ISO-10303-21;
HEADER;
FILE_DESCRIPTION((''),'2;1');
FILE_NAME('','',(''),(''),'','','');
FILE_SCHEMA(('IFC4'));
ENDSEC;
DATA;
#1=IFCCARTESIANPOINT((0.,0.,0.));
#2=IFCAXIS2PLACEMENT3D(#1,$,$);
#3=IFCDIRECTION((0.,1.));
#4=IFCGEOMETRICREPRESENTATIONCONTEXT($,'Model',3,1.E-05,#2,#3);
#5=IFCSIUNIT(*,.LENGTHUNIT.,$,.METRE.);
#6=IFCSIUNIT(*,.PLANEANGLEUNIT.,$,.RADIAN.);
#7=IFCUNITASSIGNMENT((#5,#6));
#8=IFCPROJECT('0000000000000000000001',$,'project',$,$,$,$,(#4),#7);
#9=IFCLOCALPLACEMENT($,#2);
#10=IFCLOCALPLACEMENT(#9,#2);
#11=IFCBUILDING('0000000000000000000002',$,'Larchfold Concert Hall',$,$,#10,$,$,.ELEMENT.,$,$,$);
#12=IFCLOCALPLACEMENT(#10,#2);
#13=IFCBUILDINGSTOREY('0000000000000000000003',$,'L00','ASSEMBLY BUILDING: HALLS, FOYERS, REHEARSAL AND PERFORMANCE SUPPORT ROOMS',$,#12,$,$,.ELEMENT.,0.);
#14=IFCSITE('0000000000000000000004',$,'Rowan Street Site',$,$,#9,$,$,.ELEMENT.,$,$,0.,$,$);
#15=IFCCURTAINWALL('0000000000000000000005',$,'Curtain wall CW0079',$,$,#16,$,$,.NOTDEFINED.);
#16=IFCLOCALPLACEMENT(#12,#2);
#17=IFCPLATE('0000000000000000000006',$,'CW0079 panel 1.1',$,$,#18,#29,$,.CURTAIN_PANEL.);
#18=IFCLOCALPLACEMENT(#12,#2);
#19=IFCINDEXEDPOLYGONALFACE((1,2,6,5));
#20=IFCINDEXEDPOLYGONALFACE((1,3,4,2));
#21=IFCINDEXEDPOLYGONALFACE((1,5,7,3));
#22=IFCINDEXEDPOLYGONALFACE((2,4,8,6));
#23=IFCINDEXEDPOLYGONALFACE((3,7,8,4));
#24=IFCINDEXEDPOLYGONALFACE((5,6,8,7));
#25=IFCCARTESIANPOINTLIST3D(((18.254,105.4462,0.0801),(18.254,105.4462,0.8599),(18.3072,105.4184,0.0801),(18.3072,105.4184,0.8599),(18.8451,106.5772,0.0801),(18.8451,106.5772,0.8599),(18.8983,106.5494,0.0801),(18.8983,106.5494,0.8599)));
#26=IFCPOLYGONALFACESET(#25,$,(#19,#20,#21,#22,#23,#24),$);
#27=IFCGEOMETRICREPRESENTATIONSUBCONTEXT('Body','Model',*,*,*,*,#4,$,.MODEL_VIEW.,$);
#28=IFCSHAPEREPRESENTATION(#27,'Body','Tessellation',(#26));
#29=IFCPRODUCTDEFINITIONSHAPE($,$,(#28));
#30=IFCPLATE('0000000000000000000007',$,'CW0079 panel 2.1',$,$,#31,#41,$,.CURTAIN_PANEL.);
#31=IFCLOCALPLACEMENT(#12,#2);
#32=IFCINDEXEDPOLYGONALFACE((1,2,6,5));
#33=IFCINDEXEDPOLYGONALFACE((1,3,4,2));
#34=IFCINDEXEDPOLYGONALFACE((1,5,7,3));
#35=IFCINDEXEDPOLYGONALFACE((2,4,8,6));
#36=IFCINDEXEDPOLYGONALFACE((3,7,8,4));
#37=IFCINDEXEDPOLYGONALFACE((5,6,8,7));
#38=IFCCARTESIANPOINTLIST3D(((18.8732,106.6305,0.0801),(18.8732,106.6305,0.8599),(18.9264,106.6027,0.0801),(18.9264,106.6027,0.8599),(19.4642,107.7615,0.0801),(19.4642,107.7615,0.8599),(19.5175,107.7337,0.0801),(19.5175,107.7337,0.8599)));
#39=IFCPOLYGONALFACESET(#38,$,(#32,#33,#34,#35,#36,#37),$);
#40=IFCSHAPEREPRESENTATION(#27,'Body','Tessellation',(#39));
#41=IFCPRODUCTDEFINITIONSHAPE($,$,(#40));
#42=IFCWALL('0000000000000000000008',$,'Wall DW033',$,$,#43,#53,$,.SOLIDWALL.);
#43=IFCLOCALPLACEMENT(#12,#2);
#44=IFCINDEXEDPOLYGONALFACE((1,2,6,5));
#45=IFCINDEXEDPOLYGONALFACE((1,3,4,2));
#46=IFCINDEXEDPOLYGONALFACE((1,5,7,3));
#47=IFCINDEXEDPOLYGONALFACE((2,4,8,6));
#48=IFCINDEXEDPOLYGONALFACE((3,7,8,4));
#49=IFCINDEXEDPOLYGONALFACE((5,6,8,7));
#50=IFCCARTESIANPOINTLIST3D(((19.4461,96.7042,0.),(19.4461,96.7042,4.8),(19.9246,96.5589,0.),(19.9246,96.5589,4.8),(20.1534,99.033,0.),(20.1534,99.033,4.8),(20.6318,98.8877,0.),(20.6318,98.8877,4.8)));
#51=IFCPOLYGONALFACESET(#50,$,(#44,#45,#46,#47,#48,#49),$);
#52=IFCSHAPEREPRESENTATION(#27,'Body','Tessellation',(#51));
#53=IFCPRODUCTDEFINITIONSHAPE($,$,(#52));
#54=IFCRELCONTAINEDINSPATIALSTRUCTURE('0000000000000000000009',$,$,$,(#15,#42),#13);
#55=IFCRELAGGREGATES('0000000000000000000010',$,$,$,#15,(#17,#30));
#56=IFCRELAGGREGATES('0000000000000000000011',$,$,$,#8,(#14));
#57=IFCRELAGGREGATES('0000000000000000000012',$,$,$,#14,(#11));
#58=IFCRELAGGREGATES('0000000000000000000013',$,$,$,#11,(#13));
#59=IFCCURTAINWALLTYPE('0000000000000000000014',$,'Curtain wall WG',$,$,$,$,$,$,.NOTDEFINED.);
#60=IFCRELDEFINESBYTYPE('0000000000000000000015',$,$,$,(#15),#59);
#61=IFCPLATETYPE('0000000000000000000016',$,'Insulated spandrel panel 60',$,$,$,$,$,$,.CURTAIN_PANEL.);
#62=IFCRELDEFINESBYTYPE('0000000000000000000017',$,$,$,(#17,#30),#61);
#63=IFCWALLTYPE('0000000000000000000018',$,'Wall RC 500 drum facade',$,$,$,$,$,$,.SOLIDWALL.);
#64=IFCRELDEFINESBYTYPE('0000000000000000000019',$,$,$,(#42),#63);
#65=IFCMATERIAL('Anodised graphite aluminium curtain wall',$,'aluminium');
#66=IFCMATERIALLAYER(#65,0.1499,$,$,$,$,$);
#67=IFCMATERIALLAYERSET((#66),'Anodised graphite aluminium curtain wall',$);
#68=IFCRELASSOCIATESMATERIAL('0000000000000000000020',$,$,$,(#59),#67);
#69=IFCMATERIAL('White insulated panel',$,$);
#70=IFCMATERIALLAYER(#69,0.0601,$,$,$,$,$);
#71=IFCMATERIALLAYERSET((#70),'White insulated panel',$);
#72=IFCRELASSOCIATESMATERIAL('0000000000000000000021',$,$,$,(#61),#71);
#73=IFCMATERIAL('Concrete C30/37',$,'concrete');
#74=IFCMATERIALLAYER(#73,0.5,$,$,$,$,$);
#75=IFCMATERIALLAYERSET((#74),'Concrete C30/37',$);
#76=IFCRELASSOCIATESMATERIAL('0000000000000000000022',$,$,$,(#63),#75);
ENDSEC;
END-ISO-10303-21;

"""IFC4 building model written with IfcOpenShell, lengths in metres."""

from ifc_helpers import new_model, si_unit, direction, frame, frame_2d, origin, origin_2d, place, context, subcontext, project, spatial, rectangle, extrude, material, layer, layer_set, type_object, element, aggregate, save


model = new_model("IFC4")

# Units and contexts
model_context = context("Model", 3, precision=1e-05, world=origin(), true_north=direction((0.0, 1.0)))
body_context = subcontext(model_context, "Body", "Model", "MODEL_VIEW")
ifc_project = project(units=[si_unit("LENGTHUNIT", "METRE"), si_unit("PLANEANGLEUNIT", "RADIAN")], contexts=[model_context])

# Site, building, storey
site_placement = place(None, origin())
site = spatial("IfcSite", under=ifc_project, at=site_placement, Name="Rowan Street Site", CompositionType="ELEMENT", RefElevation=0.0)
building_placement = place(site_placement, origin())
building = spatial("IfcBuilding", under=site, at=building_placement, Name="Larchfold Concert Hall", CompositionType="ELEMENT")
storey_placement = place(building_placement, origin())
storey = spatial("IfcBuildingStorey", under=building, at=storey_placement, Name="L00", Description="ASSEMBLY BUILDING: HALLS, FOYERS, REHEARSAL AND PERFORMANCE SUPPORT ROOMS", CompositionType="ELEMENT", Elevation=0.0)

# Curtain wall
ifc_material_1 = material(Name="Anodised graphite aluminium curtain wall", Category="aluminium")
ifc_layer_1 = layer(ifc_material_1, 0.1499)
ifc_layer_set_1 = layer_set([ifc_layer_1], Name="Anodised graphite aluminium curtain wall")
curtain_wall_type = type_object("IfcCurtainWallType", Name="Curtain wall WG", PredefinedType="NOTDEFINED", material=ifc_layer_set_1)
curtain_wall_1_placement = place(storey_placement, origin())
curtain_wall_1 = element("IfcCurtainWall", 1, at=curtain_wall_1_placement, inside=storey, type_object=curtain_wall_type, Name="Curtain wall CW0079", PredefinedType="NOTDEFINED")

# Plates
ifc_material_2 = material(Name="White insulated panel")
ifc_layer_2 = layer(ifc_material_2, 0.0601)
ifc_layer_set_2 = layer_set([ifc_layer_2], Name="White insulated panel")
plate_type_1 = type_object("IfcPlateType", Name="Insulated spandrel panel 60", PredefinedType="CURTAIN_PANEL", material=ifc_layer_set_2)
plate_1_placement = place(storey_placement, frame((18.5762, 105.9978, 0.0801), z_axis=(0.0, 0.0, 1.0), x_axis=(0.463189, 0.88626, 0.0)))
plate_1 = element("IfcPlate", 2, at=plate_1_placement, type_object=plate_type_1, Name="CW0079 panel 1.1", PredefinedType="CURTAIN_PANEL", context=body_context, shape_type="SweptSolid", body=[
    extrude(rectangle(XDim=1.2761, YDim=0.0601, at=origin_2d()), origin(), (0.0, 0.0, 1.0), 0.7798),
])
plate_2_placement = place(storey_placement, frame((19.1953, 107.1821, 0.0801), z_axis=(0.0, 0.0, 1.0), x_axis=(0.463189, 0.88626, 0.0)))
plate_2 = element("IfcPlate", 3, at=plate_2_placement, type_object=plate_type_1, Name="CW0079 panel 2.1", PredefinedType="CURTAIN_PANEL", context=body_context, shape_type="SweptSolid", body=[
    extrude(rectangle(XDim=1.2761, YDim=0.0601, at=origin_2d()), origin(), (0.0, 0.0, 1.0), 0.7798),
])
aggregate(curtain_wall_1, [plate_1, plate_2])

# Wall
ifc_material_3 = material(Name="Concrete C30/37", Category="concrete")
ifc_layer_3 = layer(ifc_material_3, 0.5)
ifc_layer_set_3 = layer_set([ifc_layer_3], Name="Concrete C30/37")
wall_type = type_object("IfcWallType", Name="Wall RC 500 drum facade", PredefinedType="SOLIDWALL", material=ifc_layer_set_3)
wall_placement = place(storey_placement, frame((20.3926, 98.9602, 0.0), z_axis=(0.0, 0.0, 1.0), x_axis=(-0.290595, -0.956846, 0.0)))
element("IfcWall", 4, at=wall_placement, inside=storey, type_object=wall_type, Name="Wall DW033", PredefinedType="SOLIDWALL", context=body_context, shape_type="SweptSolid", body=[
    extrude(rectangle(XDim=2.4338, YDim=0.5, at=frame_2d((1.2168, 0.0))), origin(), (0.0, 0.0, 1.0), 4.8),
])

save(model, "model.ifc")
